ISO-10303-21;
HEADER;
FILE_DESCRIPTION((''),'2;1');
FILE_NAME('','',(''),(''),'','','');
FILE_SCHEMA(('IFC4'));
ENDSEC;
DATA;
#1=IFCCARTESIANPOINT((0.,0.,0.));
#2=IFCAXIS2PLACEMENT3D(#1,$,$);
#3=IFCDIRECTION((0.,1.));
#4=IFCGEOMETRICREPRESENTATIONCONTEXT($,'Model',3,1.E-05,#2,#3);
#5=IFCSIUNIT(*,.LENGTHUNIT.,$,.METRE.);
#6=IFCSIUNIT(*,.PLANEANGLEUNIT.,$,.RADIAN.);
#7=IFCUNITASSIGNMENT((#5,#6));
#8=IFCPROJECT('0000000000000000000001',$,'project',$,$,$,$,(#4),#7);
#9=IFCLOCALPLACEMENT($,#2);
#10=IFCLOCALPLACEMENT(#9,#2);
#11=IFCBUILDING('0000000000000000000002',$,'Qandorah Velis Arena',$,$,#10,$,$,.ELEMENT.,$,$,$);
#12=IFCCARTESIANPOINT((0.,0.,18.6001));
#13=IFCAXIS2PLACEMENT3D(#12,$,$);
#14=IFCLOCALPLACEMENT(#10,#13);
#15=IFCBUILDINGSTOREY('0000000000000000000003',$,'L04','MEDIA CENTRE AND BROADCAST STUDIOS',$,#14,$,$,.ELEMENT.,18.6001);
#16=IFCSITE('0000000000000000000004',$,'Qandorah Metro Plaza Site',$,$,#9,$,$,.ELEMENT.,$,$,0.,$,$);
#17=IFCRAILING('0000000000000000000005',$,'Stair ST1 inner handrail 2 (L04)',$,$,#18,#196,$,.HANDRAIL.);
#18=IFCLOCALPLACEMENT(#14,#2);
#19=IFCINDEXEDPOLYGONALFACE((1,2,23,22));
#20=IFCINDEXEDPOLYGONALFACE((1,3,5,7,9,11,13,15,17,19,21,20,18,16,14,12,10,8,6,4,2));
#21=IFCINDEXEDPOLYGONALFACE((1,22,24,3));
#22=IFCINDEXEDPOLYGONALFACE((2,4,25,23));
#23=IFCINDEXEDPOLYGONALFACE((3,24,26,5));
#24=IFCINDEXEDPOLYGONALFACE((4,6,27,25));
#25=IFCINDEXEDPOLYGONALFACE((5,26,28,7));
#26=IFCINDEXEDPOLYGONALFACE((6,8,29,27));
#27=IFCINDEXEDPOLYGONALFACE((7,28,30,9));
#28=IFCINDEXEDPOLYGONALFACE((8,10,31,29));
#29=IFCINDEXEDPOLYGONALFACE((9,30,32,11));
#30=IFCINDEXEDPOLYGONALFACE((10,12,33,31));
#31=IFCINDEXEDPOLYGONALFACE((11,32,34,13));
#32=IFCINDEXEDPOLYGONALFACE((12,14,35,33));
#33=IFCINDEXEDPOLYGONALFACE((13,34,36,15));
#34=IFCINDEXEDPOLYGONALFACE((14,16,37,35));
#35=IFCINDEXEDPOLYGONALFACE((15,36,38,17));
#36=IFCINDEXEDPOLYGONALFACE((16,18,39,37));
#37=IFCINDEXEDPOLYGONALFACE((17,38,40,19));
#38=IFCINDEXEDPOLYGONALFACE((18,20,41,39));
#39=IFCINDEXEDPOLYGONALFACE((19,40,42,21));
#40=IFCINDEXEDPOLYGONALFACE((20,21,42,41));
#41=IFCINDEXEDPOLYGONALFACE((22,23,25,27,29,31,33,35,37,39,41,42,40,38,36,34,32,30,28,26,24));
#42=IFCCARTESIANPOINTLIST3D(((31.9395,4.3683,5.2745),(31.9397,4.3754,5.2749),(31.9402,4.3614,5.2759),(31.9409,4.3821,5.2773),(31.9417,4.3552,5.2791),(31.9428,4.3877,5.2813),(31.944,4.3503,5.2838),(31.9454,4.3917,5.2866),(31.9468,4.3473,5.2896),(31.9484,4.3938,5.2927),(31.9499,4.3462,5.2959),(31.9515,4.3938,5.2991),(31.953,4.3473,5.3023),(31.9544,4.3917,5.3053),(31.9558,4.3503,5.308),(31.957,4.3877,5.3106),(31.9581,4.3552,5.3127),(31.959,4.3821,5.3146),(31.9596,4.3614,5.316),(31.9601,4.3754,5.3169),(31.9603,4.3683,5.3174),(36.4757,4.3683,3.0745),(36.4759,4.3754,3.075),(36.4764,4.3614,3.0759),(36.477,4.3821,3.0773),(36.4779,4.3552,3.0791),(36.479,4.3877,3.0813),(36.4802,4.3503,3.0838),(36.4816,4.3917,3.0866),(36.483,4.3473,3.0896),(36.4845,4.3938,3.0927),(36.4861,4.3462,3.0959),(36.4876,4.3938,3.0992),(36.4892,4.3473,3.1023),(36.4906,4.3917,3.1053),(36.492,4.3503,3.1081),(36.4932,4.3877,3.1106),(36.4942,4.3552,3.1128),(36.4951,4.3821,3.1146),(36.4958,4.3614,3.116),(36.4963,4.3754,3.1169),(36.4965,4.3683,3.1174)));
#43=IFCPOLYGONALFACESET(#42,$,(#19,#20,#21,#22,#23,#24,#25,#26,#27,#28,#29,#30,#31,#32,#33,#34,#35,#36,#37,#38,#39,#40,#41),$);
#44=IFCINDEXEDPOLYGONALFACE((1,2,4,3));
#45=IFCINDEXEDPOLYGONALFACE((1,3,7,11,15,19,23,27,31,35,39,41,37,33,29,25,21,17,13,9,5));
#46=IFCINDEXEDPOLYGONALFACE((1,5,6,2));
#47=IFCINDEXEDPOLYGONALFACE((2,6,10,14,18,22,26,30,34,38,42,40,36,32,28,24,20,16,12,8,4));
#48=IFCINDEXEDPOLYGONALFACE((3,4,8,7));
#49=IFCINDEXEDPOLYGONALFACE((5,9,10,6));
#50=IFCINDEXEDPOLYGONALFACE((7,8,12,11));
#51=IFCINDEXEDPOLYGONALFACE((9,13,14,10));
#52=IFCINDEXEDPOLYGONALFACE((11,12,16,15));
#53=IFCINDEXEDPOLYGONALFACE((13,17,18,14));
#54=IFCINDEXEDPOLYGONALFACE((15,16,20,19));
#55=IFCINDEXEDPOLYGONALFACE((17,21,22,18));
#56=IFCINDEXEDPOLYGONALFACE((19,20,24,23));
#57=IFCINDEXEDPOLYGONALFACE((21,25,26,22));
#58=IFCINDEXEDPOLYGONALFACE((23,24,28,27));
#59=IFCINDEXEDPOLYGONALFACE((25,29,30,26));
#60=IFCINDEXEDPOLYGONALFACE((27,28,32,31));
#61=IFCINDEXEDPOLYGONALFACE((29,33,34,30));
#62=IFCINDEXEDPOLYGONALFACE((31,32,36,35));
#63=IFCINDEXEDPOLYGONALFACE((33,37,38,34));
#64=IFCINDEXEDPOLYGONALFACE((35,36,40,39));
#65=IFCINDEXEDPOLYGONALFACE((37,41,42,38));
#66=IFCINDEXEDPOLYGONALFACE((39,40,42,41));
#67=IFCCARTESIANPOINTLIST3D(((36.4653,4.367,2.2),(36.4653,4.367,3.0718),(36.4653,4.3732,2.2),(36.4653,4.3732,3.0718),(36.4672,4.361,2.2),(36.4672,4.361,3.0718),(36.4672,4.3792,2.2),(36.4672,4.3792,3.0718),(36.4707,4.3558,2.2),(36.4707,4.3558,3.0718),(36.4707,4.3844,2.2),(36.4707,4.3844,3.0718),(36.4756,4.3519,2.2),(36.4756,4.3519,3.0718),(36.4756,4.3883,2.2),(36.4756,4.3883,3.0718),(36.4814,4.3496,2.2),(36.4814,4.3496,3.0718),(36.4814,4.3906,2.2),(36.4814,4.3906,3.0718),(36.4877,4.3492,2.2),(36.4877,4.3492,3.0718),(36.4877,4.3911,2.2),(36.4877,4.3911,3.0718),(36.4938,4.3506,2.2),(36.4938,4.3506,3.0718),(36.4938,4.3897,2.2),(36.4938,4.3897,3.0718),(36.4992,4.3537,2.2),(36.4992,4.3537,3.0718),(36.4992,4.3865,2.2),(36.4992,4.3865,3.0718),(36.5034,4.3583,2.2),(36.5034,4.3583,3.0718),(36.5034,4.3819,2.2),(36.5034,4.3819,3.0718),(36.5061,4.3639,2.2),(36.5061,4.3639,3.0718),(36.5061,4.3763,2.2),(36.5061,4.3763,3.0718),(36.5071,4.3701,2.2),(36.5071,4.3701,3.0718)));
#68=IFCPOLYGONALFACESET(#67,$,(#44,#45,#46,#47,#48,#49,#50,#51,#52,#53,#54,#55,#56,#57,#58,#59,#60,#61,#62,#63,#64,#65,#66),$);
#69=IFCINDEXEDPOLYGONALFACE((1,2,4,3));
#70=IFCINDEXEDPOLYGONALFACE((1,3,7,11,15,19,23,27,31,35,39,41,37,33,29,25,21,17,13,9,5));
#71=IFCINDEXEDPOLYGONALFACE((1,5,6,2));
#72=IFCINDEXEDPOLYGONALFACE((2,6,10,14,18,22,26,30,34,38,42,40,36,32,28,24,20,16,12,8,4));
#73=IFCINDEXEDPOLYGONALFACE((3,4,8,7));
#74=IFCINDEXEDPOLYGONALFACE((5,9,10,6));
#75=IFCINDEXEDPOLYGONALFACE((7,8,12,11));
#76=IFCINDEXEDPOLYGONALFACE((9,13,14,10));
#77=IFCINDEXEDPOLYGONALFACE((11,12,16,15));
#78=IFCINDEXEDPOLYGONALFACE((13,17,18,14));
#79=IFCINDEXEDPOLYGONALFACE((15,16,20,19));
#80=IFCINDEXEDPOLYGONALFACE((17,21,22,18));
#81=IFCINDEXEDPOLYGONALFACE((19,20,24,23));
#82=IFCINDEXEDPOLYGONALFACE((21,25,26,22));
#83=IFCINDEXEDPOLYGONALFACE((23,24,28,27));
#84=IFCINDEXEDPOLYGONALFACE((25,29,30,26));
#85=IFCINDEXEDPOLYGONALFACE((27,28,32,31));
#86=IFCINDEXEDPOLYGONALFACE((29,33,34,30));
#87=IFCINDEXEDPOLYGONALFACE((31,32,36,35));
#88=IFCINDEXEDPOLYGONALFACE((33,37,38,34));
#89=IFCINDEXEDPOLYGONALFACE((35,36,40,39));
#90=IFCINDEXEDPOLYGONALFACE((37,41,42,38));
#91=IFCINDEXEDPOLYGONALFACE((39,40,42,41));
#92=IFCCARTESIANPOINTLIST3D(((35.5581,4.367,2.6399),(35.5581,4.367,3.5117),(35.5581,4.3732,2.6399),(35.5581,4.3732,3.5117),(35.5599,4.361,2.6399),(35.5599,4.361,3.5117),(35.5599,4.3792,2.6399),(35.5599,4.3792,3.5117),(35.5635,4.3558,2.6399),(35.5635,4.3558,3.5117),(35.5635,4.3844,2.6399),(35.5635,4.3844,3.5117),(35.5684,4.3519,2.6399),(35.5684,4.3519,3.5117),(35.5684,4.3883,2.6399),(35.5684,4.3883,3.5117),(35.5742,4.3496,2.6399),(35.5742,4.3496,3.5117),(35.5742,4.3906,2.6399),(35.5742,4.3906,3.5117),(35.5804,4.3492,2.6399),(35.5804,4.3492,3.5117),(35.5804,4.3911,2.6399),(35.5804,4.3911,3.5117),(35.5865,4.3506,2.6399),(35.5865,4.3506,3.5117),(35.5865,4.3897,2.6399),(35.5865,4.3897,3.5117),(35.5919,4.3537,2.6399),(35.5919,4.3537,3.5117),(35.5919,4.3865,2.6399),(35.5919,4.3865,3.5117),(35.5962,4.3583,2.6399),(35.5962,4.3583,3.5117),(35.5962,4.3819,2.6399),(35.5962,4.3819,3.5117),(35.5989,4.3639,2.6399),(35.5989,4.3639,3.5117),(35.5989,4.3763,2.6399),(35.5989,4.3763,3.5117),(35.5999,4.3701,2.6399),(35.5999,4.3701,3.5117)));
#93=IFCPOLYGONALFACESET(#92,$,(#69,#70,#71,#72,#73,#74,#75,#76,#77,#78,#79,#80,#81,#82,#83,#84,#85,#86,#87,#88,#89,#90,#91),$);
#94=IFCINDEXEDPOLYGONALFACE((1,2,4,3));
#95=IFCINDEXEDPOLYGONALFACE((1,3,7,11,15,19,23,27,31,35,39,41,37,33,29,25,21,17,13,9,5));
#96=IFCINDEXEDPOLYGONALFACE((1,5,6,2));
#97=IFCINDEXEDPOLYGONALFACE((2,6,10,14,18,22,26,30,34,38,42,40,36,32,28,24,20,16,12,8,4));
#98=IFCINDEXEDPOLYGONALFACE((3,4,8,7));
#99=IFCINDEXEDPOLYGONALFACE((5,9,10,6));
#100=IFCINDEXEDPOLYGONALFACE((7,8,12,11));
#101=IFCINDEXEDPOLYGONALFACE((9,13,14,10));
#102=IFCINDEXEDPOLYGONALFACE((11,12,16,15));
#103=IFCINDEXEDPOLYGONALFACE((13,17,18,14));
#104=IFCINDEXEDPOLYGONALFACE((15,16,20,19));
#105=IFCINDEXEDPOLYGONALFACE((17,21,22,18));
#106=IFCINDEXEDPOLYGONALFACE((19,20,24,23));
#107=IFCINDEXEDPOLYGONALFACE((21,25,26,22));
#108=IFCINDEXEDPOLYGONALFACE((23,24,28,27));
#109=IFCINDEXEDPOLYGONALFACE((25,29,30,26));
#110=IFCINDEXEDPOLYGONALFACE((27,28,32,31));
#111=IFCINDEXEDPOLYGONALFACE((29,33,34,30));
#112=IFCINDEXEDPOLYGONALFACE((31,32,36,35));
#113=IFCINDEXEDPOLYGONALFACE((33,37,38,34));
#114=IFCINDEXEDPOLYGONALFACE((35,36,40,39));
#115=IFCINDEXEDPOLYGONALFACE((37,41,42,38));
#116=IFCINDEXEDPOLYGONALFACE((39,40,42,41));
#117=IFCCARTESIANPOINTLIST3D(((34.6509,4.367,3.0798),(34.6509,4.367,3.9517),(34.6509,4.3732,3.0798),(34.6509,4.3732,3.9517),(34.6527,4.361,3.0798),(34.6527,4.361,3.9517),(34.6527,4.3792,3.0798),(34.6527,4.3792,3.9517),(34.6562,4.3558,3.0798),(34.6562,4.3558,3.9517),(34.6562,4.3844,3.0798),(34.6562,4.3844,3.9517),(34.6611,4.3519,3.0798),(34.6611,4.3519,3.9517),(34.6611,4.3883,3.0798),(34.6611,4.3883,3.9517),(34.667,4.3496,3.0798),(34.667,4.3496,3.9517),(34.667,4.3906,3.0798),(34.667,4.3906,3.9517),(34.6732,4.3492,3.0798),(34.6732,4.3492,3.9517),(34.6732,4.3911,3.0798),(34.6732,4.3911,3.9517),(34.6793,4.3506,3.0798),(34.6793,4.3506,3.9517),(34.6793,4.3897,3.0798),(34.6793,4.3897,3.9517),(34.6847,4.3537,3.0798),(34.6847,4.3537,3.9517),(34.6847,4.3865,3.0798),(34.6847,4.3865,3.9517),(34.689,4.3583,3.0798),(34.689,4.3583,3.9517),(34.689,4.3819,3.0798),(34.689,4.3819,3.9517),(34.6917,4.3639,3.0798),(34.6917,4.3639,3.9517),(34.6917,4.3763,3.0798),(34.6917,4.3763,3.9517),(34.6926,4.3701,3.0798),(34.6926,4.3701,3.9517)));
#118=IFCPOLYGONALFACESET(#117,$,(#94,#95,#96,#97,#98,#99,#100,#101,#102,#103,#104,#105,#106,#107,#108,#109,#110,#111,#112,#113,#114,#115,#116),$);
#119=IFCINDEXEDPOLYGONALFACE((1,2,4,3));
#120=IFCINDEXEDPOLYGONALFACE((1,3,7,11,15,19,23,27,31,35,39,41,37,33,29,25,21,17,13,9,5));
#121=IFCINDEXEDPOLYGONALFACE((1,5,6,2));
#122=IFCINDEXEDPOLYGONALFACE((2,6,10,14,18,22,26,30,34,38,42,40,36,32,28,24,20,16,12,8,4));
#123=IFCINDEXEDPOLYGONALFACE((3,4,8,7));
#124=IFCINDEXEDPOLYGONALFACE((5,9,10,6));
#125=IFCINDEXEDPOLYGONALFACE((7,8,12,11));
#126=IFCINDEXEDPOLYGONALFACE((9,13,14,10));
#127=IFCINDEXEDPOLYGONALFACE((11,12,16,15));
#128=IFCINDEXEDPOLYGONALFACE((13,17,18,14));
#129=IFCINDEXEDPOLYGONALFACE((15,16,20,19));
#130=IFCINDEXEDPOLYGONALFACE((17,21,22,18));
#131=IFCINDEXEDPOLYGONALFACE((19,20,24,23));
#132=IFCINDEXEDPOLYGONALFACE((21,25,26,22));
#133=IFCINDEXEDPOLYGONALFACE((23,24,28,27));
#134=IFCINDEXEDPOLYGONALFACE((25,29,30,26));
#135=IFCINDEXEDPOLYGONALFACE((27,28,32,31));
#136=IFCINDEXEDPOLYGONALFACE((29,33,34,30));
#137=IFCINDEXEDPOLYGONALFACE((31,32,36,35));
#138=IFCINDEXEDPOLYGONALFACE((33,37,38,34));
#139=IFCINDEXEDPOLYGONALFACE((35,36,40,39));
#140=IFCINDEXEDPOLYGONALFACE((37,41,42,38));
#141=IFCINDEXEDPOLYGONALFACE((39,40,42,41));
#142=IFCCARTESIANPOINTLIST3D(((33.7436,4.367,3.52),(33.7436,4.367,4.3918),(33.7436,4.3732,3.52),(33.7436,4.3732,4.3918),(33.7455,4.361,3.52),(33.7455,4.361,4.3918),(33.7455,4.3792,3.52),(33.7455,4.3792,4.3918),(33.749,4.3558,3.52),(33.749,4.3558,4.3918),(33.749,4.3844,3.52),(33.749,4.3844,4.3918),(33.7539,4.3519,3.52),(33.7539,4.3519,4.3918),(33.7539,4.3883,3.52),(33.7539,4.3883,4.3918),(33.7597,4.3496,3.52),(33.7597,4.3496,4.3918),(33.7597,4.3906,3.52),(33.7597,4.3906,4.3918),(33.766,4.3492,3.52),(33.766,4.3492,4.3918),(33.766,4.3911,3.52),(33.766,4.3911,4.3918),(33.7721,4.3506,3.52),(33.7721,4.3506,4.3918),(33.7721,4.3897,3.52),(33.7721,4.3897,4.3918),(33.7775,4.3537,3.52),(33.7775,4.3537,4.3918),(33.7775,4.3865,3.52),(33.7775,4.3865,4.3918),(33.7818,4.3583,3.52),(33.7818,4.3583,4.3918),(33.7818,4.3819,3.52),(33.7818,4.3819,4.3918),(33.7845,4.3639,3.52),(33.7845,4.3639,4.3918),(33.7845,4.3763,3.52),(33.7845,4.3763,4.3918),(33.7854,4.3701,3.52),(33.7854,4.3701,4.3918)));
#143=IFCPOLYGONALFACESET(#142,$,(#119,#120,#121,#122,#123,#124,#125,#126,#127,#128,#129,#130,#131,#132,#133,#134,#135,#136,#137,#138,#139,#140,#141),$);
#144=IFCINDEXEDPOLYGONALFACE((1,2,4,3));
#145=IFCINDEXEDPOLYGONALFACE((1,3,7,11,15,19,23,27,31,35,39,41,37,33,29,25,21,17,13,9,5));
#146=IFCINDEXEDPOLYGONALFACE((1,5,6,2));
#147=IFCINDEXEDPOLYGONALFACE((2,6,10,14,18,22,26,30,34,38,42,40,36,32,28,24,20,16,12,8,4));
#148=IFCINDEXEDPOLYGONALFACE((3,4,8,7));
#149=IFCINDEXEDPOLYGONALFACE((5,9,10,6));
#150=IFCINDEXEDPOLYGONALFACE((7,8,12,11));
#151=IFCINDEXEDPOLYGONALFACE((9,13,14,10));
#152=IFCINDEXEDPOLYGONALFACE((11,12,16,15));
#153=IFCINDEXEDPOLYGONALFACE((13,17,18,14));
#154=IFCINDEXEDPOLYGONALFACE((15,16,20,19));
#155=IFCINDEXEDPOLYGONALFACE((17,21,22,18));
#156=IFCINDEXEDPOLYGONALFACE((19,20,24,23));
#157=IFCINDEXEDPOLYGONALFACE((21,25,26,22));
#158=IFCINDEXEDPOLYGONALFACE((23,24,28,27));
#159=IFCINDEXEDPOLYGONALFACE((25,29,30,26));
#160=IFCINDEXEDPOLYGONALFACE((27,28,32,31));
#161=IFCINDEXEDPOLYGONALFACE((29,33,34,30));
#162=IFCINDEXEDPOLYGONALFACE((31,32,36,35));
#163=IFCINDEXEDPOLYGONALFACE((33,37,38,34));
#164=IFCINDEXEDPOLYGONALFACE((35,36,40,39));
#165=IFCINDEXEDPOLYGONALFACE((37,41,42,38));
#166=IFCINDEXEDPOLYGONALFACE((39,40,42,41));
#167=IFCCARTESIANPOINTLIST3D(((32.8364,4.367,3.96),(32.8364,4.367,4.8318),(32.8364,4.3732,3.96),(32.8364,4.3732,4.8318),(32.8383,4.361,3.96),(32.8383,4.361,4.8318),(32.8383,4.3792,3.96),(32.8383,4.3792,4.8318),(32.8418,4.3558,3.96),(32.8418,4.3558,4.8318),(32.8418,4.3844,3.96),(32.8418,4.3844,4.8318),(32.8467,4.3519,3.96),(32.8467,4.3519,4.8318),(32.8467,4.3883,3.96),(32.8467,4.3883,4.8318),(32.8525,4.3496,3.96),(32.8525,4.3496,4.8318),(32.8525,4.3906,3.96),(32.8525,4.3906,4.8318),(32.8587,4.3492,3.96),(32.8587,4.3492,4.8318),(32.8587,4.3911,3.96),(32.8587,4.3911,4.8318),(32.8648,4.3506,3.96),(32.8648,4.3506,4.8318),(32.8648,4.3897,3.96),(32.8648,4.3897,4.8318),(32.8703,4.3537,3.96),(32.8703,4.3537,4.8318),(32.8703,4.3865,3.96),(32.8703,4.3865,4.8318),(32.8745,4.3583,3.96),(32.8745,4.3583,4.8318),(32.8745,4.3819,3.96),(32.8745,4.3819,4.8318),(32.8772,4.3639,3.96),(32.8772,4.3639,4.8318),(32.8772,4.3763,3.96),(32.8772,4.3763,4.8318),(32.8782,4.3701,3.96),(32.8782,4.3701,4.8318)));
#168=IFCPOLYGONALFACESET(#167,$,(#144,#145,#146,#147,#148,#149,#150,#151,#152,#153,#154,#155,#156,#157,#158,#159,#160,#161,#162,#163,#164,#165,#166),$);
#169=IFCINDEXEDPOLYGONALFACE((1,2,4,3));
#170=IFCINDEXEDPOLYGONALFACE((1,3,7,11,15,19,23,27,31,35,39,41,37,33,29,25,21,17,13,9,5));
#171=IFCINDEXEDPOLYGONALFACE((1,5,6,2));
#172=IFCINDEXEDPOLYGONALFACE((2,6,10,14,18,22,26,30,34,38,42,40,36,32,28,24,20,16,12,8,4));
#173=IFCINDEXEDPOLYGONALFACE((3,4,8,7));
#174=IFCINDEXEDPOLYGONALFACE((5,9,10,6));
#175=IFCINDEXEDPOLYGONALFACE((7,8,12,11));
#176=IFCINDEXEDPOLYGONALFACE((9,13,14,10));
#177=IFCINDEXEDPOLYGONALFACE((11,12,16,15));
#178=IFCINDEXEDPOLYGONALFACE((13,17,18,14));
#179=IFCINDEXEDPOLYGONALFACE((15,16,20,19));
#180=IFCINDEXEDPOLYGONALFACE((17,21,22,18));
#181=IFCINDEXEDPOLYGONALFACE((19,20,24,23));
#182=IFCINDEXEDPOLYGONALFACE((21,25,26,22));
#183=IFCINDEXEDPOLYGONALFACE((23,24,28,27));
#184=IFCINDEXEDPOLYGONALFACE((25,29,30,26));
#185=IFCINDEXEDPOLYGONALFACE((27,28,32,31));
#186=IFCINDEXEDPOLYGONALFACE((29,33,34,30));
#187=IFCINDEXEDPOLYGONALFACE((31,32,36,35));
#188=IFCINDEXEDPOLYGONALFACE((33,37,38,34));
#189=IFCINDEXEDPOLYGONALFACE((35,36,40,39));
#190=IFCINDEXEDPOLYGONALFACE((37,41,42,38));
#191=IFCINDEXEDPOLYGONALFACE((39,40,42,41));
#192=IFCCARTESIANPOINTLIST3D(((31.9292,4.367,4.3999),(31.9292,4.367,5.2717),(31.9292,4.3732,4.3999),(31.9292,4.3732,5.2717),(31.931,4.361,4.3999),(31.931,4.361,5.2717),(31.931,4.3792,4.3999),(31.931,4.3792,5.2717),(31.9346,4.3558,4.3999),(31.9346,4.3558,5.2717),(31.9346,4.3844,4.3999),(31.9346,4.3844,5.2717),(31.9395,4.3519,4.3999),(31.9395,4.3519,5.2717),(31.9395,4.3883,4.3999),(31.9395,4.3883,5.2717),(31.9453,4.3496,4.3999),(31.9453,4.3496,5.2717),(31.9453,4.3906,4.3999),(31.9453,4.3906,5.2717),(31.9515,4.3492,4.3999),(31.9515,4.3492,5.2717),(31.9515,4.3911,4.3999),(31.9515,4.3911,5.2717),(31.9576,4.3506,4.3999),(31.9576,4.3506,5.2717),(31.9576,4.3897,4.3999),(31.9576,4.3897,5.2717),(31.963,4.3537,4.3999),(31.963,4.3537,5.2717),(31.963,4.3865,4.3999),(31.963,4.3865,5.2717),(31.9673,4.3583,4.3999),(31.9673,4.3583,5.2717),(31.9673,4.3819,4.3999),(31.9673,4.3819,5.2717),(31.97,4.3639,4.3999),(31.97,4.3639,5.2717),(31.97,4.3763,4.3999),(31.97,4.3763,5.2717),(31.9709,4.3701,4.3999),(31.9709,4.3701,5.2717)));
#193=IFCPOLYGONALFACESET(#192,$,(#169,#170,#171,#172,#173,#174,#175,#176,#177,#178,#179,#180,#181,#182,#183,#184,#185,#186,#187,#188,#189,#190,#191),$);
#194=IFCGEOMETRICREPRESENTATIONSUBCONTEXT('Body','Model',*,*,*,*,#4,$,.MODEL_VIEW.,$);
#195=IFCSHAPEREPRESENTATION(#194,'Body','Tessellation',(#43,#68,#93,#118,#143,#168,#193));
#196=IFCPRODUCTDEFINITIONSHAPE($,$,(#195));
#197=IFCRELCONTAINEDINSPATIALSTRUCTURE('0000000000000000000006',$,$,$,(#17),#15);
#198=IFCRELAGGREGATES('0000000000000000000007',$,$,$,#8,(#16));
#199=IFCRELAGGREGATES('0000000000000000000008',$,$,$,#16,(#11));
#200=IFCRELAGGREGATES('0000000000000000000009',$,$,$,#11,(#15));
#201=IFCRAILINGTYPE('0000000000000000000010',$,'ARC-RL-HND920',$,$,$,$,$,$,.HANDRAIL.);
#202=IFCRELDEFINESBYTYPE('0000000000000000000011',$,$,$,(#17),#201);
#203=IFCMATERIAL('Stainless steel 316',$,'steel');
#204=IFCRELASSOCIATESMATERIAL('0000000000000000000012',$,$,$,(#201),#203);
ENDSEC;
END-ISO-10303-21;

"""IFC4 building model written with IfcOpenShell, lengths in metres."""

from ifc_helpers import new_model, si_unit, direction, frame, origin, origin_2d, place, context, subcontext, project, spatial, circle, extrude, material, type_object, element, save


model = new_model("IFC4")

# Units and contexts
model_context = context("Model", 3, precision=1e-05, world=origin(), true_north=direction((0.0, 1.0)))
body_context = subcontext(model_context, "Body", "Model", "MODEL_VIEW")
ifc_project = project(units=[si_unit("LENGTHUNIT", "METRE"), si_unit("PLANEANGLEUNIT", "RADIAN")], contexts=[model_context])

# Site, building, storey
site_placement = place(None, origin())
site = spatial("IfcSite", under=ifc_project, at=site_placement, Name="Qandorah Metro Plaza Site", CompositionType="ELEMENT", RefElevation=0.0)
building_placement = place(site_placement, origin())
building = spatial("IfcBuilding", under=site, at=building_placement, Name="Qandorah Velis Arena", CompositionType="ELEMENT")
storey_placement = place(building_placement, frame((0.0, 0.0, 18.6001)))
storey = spatial("IfcBuildingStorey", under=building, at=storey_placement, Name="L04", Description="MEDIA CENTRE AND BROADCAST STUDIOS", CompositionType="ELEMENT", Elevation=18.6001)

# Railing
ifc_material_1 = material(Name="Stainless steel 316", Category="steel")
railing_type = type_object("IfcRailingType", Name="ARC-RL-HND920", PredefinedType="HANDRAIL", material=ifc_material_1)
railing_placement = place(storey_placement, frame((36.4861, 4.3701, 2.2)))
element("IfcRailing", 1, at=railing_placement, inside=storey, type_object=railing_type, Name="Stair ST1 inner handrail 2 (L04)", PredefinedType="HANDRAIL", context=body_context, shape_type="SweptSolid", body=[
    extrude(circle(Radius=0.0239, at=origin_2d()), frame((0.0, 0.0, 0.896), z_axis=(-0.899766, 0.0, 0.436372), x_axis=(0.0, -1.0, 0.0)), (0.0, 0.0, 1.0), 5.0415),
    extrude(circle(Radius=0.021, at=origin_2d()), origin(), (0.0, 0.0, 1.0), 0.8718),
    extrude(circle(Radius=0.021, at=origin_2d()), frame((-0.9072, 0.0, 0.4399)), (0.0, 0.0, 1.0), 0.8718),
    extrude(circle(Radius=0.021, at=origin_2d()), frame((-1.8145, 0.0, 0.8799)), (0.0, 0.0, 1.0), 0.8718),
    extrude(circle(Radius=0.021, at=origin_2d()), frame((-2.7217, 0.0, 1.3201)), (0.0, 0.0, 1.0), 0.8718),
    extrude(circle(Radius=0.021, at=origin_2d()), frame((-3.6289, 0.0, 1.76)), (0.0, 0.0, 1.0), 0.8718),
    extrude(circle(Radius=0.021, at=origin_2d()), frame((-4.5361, 0.0, 2.2)), (0.0, 0.0, 1.0), 0.8718),
])

save(model, "model.ifc")
